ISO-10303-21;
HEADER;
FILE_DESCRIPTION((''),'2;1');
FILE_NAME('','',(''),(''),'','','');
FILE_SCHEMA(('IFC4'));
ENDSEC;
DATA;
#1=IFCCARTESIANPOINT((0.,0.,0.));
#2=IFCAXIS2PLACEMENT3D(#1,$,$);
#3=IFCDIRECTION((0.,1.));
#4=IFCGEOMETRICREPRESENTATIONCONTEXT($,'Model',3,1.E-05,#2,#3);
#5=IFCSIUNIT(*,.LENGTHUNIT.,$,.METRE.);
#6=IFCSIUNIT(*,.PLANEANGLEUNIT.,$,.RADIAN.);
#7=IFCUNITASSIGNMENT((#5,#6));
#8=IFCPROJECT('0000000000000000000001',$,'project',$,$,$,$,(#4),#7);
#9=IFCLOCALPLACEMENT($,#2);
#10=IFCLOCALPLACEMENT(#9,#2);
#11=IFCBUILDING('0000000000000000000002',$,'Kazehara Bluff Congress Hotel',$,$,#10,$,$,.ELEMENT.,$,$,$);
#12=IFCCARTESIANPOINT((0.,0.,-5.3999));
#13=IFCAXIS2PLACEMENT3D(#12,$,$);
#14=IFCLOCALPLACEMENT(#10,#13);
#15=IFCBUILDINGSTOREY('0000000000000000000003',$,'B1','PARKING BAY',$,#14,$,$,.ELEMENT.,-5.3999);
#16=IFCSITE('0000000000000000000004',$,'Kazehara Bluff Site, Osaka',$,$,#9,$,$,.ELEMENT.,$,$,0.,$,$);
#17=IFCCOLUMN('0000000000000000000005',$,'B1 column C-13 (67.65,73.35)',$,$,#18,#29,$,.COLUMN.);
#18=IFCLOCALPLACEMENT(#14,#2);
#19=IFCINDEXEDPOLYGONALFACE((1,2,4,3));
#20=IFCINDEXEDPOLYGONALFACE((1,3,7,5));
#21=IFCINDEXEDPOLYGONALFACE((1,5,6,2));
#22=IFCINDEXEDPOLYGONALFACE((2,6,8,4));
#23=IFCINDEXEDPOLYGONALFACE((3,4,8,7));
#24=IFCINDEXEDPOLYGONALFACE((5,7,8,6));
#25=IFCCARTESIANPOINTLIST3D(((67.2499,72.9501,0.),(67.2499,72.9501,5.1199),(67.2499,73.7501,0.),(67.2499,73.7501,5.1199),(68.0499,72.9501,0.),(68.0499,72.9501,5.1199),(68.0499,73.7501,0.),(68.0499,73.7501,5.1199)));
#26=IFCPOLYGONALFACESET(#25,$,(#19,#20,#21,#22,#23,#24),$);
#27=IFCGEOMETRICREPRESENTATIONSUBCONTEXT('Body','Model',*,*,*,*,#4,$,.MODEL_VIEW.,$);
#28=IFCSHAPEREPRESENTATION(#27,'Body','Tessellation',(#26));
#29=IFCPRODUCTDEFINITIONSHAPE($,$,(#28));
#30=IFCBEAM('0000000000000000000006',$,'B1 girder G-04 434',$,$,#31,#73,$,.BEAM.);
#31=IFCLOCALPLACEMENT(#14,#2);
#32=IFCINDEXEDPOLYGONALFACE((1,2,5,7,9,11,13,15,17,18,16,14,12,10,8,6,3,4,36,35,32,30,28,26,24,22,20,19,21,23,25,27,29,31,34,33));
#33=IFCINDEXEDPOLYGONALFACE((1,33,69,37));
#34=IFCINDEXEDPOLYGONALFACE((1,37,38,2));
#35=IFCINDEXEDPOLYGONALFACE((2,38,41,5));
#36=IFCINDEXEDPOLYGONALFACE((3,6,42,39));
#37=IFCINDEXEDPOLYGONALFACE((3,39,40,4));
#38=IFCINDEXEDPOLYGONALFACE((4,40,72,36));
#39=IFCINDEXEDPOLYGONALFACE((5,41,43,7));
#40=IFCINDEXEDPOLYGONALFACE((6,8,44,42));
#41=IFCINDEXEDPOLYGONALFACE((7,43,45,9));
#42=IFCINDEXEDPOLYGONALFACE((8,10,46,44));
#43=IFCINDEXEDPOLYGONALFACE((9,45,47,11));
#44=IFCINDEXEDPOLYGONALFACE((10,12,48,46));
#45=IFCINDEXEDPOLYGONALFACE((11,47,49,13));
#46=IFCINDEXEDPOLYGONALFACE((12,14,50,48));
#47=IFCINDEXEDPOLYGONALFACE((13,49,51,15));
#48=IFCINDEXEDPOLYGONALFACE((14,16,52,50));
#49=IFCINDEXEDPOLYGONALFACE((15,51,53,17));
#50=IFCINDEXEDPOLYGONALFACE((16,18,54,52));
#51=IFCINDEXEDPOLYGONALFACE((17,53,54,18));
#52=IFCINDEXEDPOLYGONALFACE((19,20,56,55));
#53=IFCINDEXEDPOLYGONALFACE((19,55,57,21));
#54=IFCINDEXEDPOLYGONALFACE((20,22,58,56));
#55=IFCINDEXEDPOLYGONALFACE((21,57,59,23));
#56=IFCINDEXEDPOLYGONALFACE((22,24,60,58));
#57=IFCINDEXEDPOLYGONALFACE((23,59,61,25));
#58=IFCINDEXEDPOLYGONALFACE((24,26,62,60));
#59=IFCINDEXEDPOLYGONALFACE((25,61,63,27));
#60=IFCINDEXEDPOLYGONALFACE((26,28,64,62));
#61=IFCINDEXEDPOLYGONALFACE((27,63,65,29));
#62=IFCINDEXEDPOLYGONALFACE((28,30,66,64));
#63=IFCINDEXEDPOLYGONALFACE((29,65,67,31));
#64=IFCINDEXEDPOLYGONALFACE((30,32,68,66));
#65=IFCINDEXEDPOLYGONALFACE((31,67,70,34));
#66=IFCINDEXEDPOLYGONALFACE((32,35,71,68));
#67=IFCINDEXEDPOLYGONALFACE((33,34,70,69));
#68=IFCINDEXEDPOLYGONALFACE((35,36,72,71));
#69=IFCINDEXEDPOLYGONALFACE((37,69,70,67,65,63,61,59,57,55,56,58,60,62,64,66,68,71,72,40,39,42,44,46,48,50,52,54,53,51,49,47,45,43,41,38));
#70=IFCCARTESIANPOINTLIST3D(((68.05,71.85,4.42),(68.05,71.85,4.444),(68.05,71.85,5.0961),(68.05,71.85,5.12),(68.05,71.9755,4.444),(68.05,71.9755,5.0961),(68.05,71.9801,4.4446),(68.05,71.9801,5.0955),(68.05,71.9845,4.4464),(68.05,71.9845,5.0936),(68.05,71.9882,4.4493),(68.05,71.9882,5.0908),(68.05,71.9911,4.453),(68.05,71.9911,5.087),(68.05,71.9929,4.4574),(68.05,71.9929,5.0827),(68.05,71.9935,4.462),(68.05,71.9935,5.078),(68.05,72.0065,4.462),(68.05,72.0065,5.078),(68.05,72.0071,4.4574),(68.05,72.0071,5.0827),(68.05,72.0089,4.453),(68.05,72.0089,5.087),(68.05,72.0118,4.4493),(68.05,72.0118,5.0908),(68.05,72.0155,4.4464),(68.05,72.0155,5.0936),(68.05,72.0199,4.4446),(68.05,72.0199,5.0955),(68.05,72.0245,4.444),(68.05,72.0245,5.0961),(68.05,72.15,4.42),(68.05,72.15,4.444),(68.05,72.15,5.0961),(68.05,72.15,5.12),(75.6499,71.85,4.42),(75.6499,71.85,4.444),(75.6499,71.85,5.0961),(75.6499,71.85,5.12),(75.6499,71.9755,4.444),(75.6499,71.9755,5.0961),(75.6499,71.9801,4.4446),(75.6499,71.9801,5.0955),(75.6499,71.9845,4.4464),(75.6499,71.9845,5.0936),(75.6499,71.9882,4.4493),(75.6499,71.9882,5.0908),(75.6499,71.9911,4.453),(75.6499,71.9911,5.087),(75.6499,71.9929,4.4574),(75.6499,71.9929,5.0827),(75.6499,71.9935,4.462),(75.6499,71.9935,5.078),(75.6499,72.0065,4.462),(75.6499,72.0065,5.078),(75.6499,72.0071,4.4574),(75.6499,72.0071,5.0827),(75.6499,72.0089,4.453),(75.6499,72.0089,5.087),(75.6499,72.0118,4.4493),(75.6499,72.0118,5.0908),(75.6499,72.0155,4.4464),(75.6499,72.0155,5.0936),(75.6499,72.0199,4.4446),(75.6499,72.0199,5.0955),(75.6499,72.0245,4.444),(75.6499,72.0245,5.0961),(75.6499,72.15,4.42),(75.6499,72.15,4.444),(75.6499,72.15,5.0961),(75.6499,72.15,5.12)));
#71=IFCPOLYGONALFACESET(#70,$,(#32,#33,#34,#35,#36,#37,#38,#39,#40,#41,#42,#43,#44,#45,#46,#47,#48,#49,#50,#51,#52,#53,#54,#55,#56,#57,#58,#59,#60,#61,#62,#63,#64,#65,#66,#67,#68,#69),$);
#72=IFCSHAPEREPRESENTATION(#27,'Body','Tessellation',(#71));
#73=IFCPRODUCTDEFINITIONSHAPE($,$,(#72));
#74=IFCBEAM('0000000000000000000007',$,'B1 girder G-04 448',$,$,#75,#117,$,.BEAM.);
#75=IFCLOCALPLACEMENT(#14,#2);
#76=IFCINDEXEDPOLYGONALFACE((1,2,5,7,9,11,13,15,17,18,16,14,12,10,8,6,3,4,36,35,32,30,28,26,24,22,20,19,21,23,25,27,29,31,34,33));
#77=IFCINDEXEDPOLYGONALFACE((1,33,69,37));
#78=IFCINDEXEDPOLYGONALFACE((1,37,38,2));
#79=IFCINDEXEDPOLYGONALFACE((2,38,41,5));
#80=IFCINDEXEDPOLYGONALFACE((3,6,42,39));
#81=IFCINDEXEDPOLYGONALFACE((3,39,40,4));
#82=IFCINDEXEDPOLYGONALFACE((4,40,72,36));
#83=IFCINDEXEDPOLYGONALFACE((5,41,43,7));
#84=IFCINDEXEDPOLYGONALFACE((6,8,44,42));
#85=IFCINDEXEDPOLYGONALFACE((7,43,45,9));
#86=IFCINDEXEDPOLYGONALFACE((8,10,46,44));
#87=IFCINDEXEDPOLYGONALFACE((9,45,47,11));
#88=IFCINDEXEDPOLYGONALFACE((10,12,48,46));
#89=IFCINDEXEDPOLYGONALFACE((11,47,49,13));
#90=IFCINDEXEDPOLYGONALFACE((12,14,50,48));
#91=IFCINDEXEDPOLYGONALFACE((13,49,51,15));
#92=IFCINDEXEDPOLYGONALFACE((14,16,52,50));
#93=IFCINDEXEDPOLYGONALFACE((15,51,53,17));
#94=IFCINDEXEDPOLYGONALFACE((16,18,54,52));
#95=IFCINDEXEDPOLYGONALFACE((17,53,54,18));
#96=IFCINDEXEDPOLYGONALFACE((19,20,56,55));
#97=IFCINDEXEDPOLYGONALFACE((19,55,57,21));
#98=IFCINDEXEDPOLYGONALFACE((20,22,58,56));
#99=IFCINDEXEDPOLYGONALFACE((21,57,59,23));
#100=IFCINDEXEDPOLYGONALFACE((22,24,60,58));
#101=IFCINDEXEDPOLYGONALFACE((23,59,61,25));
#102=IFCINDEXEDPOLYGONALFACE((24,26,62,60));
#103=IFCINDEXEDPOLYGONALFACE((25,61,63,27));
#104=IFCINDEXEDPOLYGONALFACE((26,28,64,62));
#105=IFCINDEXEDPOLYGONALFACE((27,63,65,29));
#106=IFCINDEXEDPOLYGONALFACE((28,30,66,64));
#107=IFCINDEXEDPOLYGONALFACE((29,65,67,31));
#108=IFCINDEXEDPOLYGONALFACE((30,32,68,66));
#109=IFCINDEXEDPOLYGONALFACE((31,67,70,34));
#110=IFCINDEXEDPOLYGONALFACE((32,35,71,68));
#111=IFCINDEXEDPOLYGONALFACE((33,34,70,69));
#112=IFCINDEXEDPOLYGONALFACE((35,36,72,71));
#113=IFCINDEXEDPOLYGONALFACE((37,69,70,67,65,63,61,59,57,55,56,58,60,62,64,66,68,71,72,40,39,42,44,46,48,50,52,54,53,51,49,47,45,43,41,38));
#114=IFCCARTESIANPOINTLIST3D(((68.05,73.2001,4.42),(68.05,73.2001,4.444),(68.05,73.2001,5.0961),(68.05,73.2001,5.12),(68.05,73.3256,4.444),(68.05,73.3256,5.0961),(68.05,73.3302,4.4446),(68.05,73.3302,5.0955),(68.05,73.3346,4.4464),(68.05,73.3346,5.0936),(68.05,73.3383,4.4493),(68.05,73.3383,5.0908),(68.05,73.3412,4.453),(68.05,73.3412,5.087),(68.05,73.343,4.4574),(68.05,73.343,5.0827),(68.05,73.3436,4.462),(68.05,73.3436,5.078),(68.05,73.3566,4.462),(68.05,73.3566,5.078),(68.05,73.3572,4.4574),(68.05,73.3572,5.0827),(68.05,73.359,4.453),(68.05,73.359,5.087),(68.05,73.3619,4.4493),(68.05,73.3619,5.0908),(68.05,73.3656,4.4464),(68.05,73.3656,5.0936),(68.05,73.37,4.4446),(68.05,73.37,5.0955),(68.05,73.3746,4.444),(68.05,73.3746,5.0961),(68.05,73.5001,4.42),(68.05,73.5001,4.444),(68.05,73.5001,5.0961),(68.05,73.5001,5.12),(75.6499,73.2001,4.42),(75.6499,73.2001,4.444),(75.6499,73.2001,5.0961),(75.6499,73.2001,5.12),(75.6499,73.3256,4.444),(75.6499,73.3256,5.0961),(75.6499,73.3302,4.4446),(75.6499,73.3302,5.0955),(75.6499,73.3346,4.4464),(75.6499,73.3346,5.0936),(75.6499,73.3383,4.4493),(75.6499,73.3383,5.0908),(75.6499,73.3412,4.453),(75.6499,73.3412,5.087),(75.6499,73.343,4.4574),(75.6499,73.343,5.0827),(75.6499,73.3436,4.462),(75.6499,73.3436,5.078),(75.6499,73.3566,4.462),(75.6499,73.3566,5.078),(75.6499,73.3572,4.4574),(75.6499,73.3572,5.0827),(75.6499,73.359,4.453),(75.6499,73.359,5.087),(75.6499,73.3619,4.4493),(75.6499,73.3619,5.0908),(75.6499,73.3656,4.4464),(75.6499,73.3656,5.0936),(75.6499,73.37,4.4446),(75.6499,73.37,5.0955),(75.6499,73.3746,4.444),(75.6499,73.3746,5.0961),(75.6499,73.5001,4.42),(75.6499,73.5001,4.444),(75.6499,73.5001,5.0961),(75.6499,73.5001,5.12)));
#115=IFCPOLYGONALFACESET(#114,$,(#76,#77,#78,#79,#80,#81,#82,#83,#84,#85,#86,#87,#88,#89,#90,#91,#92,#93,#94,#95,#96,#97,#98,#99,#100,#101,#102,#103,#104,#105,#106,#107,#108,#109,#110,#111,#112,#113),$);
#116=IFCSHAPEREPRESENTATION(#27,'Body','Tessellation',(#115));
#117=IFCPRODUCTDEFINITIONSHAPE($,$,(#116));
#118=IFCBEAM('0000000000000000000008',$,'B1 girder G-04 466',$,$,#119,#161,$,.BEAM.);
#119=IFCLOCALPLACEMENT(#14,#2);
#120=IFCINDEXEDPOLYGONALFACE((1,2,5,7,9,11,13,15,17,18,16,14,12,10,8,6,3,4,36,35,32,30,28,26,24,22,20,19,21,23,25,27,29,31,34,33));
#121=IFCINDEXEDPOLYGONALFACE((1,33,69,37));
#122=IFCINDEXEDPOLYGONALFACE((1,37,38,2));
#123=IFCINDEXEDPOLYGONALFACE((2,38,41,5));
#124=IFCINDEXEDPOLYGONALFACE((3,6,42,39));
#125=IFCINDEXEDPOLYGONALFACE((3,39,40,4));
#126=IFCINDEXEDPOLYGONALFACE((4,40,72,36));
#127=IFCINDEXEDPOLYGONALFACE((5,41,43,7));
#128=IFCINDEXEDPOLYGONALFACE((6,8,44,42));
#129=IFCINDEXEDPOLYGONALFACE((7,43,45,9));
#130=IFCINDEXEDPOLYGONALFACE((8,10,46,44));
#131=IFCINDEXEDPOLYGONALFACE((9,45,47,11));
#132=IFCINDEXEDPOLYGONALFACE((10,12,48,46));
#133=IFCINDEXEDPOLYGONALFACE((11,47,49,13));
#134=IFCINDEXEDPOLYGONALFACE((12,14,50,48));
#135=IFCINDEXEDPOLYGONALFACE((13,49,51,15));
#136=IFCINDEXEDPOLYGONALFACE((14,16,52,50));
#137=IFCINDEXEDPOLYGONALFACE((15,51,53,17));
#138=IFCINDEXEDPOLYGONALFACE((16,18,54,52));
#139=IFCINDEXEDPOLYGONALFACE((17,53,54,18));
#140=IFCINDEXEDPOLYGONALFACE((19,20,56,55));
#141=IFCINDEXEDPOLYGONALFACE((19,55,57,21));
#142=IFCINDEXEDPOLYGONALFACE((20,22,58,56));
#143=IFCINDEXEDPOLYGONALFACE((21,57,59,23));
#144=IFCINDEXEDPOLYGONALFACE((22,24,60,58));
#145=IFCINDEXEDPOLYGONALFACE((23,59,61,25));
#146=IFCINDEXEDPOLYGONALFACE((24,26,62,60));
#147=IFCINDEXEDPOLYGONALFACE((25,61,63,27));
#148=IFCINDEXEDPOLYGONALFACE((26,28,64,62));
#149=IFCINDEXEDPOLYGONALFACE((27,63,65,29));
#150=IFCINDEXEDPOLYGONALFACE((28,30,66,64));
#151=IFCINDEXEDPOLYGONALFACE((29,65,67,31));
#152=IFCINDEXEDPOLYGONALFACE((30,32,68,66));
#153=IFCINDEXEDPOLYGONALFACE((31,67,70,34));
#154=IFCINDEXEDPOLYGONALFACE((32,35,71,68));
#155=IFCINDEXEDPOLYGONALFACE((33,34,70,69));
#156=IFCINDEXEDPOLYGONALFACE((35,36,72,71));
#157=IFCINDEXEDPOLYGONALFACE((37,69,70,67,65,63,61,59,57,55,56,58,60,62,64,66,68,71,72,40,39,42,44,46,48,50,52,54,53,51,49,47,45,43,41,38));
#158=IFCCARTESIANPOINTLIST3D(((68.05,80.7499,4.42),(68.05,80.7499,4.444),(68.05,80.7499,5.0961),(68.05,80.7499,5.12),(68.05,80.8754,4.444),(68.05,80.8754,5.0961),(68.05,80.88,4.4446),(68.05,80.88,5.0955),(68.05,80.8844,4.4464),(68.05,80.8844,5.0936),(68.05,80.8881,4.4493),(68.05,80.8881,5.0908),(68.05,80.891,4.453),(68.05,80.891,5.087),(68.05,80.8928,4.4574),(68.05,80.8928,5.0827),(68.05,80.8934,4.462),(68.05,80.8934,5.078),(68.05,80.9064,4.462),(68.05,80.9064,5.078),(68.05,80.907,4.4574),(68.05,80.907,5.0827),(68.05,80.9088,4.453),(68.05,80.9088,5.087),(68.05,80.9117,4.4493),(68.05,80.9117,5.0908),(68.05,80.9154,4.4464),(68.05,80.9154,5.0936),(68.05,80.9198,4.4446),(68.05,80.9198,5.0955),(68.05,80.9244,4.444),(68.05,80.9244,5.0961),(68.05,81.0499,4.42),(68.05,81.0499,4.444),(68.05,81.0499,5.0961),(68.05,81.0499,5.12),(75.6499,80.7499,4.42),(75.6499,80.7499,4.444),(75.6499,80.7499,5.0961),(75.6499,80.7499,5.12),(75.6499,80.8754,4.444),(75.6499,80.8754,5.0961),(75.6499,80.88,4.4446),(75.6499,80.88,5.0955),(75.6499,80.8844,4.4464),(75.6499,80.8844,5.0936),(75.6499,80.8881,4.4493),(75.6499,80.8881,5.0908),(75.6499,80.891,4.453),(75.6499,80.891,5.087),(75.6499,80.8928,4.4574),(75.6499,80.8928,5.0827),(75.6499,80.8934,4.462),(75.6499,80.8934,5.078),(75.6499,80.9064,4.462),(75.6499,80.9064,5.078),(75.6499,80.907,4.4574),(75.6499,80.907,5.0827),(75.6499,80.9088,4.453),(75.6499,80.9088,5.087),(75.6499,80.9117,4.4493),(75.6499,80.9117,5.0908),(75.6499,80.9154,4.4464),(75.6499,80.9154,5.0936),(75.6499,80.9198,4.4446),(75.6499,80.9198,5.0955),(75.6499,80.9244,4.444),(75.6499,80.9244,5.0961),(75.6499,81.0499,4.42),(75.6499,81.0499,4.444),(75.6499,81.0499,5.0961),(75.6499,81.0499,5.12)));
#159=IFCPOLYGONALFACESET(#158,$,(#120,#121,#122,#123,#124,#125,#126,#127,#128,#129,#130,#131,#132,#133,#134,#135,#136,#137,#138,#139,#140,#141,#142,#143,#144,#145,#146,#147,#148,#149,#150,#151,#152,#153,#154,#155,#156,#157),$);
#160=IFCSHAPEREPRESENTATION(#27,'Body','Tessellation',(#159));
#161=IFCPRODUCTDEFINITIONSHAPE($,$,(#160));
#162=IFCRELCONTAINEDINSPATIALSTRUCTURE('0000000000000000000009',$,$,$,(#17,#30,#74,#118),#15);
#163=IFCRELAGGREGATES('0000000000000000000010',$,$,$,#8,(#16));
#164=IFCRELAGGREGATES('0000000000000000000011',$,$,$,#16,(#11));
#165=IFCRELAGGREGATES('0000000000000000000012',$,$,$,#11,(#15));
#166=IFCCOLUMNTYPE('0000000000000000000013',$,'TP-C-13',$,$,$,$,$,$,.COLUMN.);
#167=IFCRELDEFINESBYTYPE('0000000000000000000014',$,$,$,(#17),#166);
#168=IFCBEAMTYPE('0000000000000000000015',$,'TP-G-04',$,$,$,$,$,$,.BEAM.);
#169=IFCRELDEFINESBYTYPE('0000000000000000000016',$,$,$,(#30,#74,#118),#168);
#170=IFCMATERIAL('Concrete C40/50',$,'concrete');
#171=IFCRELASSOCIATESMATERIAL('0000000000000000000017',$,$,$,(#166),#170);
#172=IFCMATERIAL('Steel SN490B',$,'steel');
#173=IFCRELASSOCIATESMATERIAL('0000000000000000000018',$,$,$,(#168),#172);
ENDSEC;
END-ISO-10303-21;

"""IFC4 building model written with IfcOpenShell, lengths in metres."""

from ifc_helpers import new_model, si_unit, direction, frame, origin, origin_2d, place, context, subcontext, project, spatial, rectangle, i_section, extrude, material, material_profile, profile_set, type_object, element, save


model = new_model("IFC4")

# Units and contexts
model_context = context("Model", 3, precision=1e-05, world=origin(), true_north=direction((0.0, 1.0)))
body_context = subcontext(model_context, "Body", "Model", "MODEL_VIEW")
ifc_project = project(units=[si_unit("LENGTHUNIT", "METRE"), si_unit("PLANEANGLEUNIT", "RADIAN")], contexts=[model_context])

# Site, building, storey
site_placement = place(None, origin())
site = spatial("IfcSite", under=ifc_project, at=site_placement, Name="Kazehara Bluff Site, Osaka", CompositionType="ELEMENT", RefElevation=0.0)
building_placement = place(site_placement, origin())
building = spatial("IfcBuilding", under=site, at=building_placement, Name="Kazehara Bluff Congress Hotel", CompositionType="ELEMENT")
storey_placement = place(building_placement, frame((0.0, 0.0, -5.3999)))
storey = spatial("IfcBuildingStorey", under=building, at=storey_placement, Name="B1", Description="PARKING BAY", CompositionType="ELEMENT", Elevation=-5.3999)

# Column
ifc_material_1 = material(Name="Concrete C40/50", Category="concrete")
ifc_material_profile_1 = material_profile(ifc_material_1, rectangle(XDim=0.8, YDim=0.8, at=origin_2d()))
ifc_profile_set_1 = profile_set([ifc_material_profile_1], Name="Concrete C40/50")
column_type_1 = type_object("IfcColumnType", Name="TP-C-13", PredefinedType="COLUMN", material=ifc_profile_set_1)
column_placement = place(storey_placement, frame((67.6499, 73.3501, 0.0), z_axis=(0.0, 0.0, 1.0), x_axis=(1.0, 0.0, 0.0)))
element("IfcColumn", 1, at=column_placement, inside=storey, type_object=column_type_1, Name="B1 column C-13 (67.65,73.35)", PredefinedType="COLUMN", context=body_context, shape_type="SweptSolid", body=[
    extrude(rectangle(XDim=0.8, YDim=0.8, at=origin_2d()), origin(), (0.0, 0.0, 1.0), 5.1199),
])

# Beams
ifc_material_2 = material(Name="Steel SN490B", Category="steel")
ifc_material_profile_2 = material_profile(ifc_material_2, i_section(OverallWidth=0.3, OverallDepth=0.7, WebThickness=0.0129, FlangeThickness=0.0239, FilletRadius=0.0181, at=origin_2d()))
ifc_profile_set_2 = profile_set([ifc_material_profile_2], Name="Steel SN490B")
beam_type_1 = type_object("IfcBeamType", Name="TP-G-04", PredefinedType="BEAM", material=ifc_profile_set_2)
for number, where, z_axis, x_axis, name in (
    (2, (68.05, 72.0, 4.77), (1.0, 0.0, 0.0), (0.0, 1.0, 0.0), "B1 girder G-04 434"),
    (3, (68.05, 73.3501, 4.77), (1.0, 0.0, 0.0), (0.0, 1.0, 0.0), "B1 girder G-04 448"),
    (4, (68.05, 80.8999, 4.77), (1.0, 0.0, 0.0), (0.0, 1.0, 0.0), "B1 girder G-04 466"),
):
    element("IfcBeam", number, at=place(storey_placement, frame(where, z_axis=z_axis, x_axis=x_axis)), inside=storey, type_object=beam_type_1, Name=name, PredefinedType="BEAM", context=body_context, shape_type="SweptSolid", body=[
        extrude(i_section(OverallWidth=0.3, OverallDepth=0.7, WebThickness=0.0129, FlangeThickness=0.0239, FilletRadius=0.0181, at=origin_2d()), origin(), (0.0, 0.0, 1.0), 7.5999),
    ])

save(model, "model.ifc")
